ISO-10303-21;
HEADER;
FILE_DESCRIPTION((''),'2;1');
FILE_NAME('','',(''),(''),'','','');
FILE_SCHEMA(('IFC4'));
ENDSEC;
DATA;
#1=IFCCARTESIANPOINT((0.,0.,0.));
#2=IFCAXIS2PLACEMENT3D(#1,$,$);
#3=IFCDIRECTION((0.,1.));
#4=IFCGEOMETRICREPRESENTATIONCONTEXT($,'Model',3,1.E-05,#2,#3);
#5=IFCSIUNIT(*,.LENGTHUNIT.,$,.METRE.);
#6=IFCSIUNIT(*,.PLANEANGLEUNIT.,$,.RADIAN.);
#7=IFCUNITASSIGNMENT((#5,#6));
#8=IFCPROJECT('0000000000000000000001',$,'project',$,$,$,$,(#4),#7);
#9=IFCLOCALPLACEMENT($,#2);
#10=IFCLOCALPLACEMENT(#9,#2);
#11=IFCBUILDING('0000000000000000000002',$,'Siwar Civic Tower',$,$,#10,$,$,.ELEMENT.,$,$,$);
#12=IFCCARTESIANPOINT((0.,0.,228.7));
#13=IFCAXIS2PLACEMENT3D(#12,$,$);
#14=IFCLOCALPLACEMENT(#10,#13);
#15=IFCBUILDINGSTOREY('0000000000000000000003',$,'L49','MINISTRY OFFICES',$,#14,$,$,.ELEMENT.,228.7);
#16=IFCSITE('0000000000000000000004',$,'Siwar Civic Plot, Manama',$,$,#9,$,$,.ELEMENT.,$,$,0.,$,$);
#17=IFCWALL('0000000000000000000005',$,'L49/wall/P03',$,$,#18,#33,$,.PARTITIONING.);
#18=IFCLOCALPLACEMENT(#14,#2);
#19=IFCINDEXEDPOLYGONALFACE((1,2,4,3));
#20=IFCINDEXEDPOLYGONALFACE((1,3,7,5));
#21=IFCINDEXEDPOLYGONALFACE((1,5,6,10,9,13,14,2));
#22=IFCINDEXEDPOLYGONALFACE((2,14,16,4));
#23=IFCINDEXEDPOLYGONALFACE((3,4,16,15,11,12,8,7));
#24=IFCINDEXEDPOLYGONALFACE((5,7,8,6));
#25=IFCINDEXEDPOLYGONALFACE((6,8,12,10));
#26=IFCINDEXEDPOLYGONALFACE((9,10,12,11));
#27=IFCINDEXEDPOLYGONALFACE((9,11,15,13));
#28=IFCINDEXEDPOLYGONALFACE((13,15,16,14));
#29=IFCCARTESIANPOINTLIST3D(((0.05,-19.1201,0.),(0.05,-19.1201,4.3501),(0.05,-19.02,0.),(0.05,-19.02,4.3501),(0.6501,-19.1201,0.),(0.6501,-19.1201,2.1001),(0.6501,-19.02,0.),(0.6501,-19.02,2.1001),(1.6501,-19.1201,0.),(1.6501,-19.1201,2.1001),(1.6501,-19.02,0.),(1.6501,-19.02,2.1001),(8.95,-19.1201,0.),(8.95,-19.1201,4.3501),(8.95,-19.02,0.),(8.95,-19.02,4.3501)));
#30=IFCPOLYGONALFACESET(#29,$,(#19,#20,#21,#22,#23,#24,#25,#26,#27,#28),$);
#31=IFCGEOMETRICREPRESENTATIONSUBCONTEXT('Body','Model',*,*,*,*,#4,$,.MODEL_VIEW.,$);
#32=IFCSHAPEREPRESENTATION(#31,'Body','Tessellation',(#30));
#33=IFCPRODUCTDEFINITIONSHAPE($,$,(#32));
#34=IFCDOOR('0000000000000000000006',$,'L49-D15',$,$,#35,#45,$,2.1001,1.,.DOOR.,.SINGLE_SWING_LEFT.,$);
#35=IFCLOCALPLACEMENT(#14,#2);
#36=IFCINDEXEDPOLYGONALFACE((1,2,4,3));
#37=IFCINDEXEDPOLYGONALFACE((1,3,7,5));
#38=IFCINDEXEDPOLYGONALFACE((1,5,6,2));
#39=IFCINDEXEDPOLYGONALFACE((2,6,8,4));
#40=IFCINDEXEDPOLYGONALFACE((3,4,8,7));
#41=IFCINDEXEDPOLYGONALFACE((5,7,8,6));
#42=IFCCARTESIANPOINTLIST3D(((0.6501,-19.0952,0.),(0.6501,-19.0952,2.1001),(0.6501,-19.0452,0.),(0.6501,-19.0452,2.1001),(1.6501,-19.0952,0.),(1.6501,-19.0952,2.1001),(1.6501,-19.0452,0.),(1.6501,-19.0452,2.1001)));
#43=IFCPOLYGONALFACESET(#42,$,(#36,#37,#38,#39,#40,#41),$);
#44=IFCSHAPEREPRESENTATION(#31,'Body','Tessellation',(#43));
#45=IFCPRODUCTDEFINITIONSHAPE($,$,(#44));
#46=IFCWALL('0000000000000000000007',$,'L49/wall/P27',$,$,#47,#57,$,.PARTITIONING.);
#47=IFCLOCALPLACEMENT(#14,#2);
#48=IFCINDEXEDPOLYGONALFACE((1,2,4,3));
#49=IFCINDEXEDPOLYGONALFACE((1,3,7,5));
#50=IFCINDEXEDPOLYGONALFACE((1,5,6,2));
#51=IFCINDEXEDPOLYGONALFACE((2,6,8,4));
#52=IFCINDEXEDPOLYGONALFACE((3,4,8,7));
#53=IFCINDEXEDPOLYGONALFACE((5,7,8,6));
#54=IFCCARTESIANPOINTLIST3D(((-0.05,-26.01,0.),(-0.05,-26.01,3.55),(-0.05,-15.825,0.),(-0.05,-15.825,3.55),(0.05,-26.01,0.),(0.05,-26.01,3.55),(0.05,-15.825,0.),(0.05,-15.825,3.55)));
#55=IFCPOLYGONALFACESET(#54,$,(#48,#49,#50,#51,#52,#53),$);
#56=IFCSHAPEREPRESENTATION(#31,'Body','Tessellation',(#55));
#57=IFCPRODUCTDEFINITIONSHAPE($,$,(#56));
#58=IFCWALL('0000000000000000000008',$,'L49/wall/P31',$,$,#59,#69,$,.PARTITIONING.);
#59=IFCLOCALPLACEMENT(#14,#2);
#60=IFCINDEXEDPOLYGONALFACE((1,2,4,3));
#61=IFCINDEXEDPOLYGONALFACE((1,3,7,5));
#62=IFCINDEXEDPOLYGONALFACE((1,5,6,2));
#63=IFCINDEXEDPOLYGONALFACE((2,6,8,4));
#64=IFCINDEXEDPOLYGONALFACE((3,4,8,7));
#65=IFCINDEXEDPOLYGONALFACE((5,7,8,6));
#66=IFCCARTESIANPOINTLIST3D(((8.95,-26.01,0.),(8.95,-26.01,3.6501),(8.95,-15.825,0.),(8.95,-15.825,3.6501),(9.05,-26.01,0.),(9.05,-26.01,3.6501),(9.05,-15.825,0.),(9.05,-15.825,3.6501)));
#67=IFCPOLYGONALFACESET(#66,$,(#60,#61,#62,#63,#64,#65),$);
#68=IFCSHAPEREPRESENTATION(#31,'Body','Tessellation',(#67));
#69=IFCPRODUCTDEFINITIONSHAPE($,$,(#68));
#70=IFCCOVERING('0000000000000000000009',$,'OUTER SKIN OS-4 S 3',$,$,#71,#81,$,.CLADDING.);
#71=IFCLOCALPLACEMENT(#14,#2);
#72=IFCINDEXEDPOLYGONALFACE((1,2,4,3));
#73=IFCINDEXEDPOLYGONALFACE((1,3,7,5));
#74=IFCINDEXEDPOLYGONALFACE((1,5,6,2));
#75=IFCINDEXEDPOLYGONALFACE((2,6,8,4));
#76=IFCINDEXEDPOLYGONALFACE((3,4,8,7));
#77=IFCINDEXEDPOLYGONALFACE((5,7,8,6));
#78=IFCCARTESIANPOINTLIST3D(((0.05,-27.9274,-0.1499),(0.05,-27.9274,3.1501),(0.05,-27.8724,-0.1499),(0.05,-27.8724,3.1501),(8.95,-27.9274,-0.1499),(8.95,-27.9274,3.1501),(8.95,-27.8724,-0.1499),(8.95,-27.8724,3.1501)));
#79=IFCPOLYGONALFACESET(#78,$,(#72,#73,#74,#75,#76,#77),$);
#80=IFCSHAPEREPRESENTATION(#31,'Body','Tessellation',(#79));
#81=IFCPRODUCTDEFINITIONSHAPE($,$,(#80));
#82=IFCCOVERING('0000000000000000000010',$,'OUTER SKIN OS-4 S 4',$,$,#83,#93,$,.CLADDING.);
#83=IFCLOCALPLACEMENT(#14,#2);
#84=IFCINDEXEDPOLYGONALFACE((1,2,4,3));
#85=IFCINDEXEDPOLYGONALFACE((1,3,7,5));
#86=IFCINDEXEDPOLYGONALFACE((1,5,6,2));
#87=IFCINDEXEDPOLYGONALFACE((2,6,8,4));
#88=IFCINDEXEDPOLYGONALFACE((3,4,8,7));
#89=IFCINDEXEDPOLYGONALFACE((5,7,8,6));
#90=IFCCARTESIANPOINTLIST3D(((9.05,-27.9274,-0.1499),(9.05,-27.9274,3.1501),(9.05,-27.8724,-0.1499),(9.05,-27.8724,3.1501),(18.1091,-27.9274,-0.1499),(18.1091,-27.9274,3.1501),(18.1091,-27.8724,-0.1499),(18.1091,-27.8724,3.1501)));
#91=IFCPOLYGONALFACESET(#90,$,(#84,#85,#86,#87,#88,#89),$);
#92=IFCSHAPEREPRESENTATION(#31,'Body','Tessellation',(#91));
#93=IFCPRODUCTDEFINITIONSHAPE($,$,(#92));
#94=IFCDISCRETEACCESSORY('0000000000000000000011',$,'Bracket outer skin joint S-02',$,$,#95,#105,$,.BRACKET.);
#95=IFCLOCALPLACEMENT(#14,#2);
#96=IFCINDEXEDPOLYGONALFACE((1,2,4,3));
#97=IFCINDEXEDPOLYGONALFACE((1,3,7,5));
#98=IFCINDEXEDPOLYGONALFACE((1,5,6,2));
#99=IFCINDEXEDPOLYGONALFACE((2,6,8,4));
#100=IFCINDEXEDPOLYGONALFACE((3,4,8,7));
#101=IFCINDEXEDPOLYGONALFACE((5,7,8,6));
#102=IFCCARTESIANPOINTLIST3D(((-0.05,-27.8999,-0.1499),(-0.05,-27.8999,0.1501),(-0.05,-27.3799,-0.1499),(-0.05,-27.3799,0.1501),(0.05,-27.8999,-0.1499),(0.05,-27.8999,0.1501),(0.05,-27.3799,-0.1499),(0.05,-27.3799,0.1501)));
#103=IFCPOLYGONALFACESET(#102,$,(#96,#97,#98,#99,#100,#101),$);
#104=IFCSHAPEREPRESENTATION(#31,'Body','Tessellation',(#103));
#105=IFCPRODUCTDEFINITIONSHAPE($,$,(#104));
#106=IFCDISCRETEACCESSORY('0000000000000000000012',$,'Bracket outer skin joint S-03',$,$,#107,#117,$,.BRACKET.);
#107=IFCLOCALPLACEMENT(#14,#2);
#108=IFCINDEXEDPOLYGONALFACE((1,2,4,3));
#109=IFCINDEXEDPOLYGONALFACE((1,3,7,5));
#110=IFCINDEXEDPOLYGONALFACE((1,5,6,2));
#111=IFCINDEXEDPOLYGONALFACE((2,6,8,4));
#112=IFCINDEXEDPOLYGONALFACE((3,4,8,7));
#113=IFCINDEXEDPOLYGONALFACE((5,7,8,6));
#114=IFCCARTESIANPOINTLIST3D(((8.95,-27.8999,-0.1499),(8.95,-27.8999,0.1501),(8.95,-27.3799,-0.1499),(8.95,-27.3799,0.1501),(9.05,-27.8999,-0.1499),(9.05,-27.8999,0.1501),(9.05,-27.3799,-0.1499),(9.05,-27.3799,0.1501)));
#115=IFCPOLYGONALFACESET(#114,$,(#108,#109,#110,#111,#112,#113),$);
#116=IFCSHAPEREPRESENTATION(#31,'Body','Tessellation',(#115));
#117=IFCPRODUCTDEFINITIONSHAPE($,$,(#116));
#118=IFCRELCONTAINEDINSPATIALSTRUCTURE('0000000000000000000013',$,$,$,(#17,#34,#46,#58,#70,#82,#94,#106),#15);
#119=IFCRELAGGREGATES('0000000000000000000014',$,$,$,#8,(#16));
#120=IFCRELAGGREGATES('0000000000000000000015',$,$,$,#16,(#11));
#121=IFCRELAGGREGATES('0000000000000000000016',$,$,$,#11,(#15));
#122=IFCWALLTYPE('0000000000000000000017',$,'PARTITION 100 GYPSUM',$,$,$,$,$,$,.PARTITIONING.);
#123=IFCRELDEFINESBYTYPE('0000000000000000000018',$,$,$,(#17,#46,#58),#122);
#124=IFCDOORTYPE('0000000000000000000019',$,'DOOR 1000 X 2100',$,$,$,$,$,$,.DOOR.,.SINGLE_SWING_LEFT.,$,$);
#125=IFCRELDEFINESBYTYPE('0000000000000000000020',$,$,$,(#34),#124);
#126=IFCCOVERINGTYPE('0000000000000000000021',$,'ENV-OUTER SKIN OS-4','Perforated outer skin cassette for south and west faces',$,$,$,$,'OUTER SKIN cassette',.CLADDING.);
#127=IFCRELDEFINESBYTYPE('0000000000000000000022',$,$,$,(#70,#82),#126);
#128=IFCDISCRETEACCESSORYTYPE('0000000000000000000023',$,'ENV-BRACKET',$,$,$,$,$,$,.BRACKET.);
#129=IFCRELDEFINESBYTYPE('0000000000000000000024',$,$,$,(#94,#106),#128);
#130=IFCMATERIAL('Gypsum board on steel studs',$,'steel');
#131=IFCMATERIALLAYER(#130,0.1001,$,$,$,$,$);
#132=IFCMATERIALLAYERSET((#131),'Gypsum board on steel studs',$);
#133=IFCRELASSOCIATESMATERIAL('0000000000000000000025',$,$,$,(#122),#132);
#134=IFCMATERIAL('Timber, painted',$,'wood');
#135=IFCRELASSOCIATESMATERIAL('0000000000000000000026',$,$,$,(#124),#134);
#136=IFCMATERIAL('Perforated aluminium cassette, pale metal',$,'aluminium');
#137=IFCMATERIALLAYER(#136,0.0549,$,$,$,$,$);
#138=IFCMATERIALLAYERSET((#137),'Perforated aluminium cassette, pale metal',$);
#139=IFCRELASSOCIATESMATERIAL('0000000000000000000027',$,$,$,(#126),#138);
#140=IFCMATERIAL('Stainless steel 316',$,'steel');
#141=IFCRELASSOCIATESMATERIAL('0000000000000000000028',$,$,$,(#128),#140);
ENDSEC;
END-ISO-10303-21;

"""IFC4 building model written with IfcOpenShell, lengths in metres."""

from ifc_helpers import new_model, si_unit, direction, frame, frame_2d, origin, origin_2d, place, context, subcontext, project, spatial, rectangle, extrude, material, layer, layer_set, type_object, element, fill, save


model = new_model("IFC4")

# Units and contexts
model_context = context("Model", 3, precision=1e-05, world=origin(), true_north=direction((0.0, 1.0)))
body_context = subcontext(model_context, "Body", "Model", "MODEL_VIEW")
ifc_project = project(units=[si_unit("LENGTHUNIT", "METRE"), si_unit("PLANEANGLEUNIT", "RADIAN")], contexts=[model_context])

# Site, building, storey
site_placement = place(None, origin())
site = spatial("IfcSite", under=ifc_project, at=site_placement, Name="Siwar Civic Plot, Manama", CompositionType="ELEMENT", RefElevation=0.0)
building_placement = place(site_placement, origin())
building = spatial("IfcBuilding", under=site, at=building_placement, Name="Siwar Civic Tower", CompositionType="ELEMENT")
storey_placement = place(building_placement, frame((0.0, 0.0, 228.7)))
storey = spatial("IfcBuildingStorey", under=building, at=storey_placement, Name="L49", Description="MINISTRY OFFICES", CompositionType="ELEMENT", Elevation=228.7)

# Wall, opening, door
ifc_material_1 = material(Name="Gypsum board on steel studs", Category="steel")
ifc_layer_1 = layer(ifc_material_1, 0.1001)
ifc_layer_set_1 = layer_set([ifc_layer_1], Name="Gypsum board on steel studs")
wall_type_1 = type_object("IfcWallType", Name="PARTITION 100 GYPSUM", PredefinedType="PARTITIONING", material=ifc_layer_set_1)
wall_1_placement = place(storey_placement, frame((0.05, -19.0701, 0.0), z_axis=(0.0, 0.0, 1.0), x_axis=(1.0, 0.0, 0.0)))
wall_1 = element("IfcWall", 1, at=wall_1_placement, inside=storey, type_object=wall_type_1, Name="L49/wall/P03", PredefinedType="PARTITIONING", context=body_context, shape_type="SweptSolid", body=[
    extrude(rectangle(XDim=8.8999, YDim=0.1001, at=frame_2d((4.45, 0.0))), origin(), (0.0, 0.0, 1.0), 4.3501),
])
opening_placement = place(wall_1_placement, frame((0.6001, 0.0, 0.0)))
opening = element("IfcOpeningElement", 2, at=opening_placement, cuts=wall_1, PredefinedType="OPENING", context=body_context, shape_type="SweptSolid", body=[
    extrude(rectangle(XDim=1.0, YDim=2.1001, at=frame_2d((0.5, 1.05))), frame((0.0, 0.0601, 0.0), z_axis=(0.0, -1.0, 0.0), x_axis=(1.0, 0.0, 0.0)), (0.0, 0.0, 1.0), 0.1201),
])
ifc_material_2 = material(Name="Timber, painted", Category="wood")
door_type = type_object("IfcDoorType", Name="DOOR 1000 X 2100", OperationType="SINGLE_SWING_LEFT", PredefinedType="DOOR", material=ifc_material_2)
door_placement = place(opening_placement, origin())
door = element("IfcDoor", 3, at=door_placement, inside=storey, type_object=door_type, Name="L49-D15", OperationType="SINGLE_SWING_LEFT", OverallHeight=2.1001, OverallWidth=1.0, PredefinedType="DOOR", context=body_context, shape_type="SweptSolid", body=[
    extrude(rectangle(XDim=1.0, YDim=2.1001, at=frame_2d((0.5, 1.05))), frame((0.0, 0.0249, 0.0), z_axis=(0.0, -1.0, 0.0), x_axis=(1.0, 0.0, 0.0)), (0.0, 0.0, 1.0), 0.05),
])
fill(opening, door)

# Walls
wall_2_placement = place(storey_placement, frame((0.0, -26.01, 0.0), z_axis=(0.0, 0.0, 1.0), x_axis=(0.0, 1.0, 0.0)))
element("IfcWall", 4, at=wall_2_placement, inside=storey, type_object=wall_type_1, Name="L49/wall/P27", PredefinedType="PARTITIONING", context=body_context, shape_type="SweptSolid", body=[
    extrude(rectangle(XDim=10.1851, YDim=0.1001, at=frame_2d((5.0925, 0.0))), origin(), (0.0, 0.0, 1.0), 3.55),
])
wall_3_placement = place(storey_placement, frame((9.0, -26.01, 0.0), z_axis=(0.0, 0.0, 1.0), x_axis=(0.0, 1.0, 0.0)))
element("IfcWall", 5, at=wall_3_placement, inside=storey, type_object=wall_type_1, Name="L49/wall/P31", PredefinedType="PARTITIONING", context=body_context, shape_type="SweptSolid", body=[
    extrude(rectangle(XDim=10.1851, YDim=0.1001, at=frame_2d((5.0925, 0.0))), origin(), (0.0, 0.0, 1.0), 3.6501),
])

# Coverings
ifc_material_3 = material(Name="Perforated aluminium cassette, pale metal", Category="aluminium")
ifc_layer_2 = layer(ifc_material_3, 0.0549)
ifc_layer_set_2 = layer_set([ifc_layer_2], Name="Perforated aluminium cassette, pale metal")
covering_type = type_object("IfcCoveringType", Name="ENV-OUTER SKIN OS-4", Description="Perforated outer skin cassette for south and west faces", ElementType="OUTER SKIN cassette", PredefinedType="CLADDING", material=ifc_layer_set_2)
covering_1_placement = place(storey_placement, frame((4.5, -27.8999, -0.1499), z_axis=(0.0, 0.0, 1.0), x_axis=(1.0, 0.0, 0.0)))
element("IfcCovering", 6, at=covering_1_placement, inside=storey, type_object=covering_type, Name="OUTER SKIN OS-4 S 3", PredefinedType="CLADDING", context=body_context, shape_type="SweptSolid", body=[
    extrude(rectangle(XDim=8.8999, YDim=0.0549, at=origin_2d()), origin(), (0.0, 0.0, 1.0), 3.3),
])
covering_2_placement = place(storey_placement, frame((13.5796, -27.8999, -0.1499), z_axis=(0.0, 0.0, 1.0), x_axis=(1.0, 0.0, 0.0)))
element("IfcCovering", 7, at=covering_2_placement, inside=storey, type_object=covering_type, Name="OUTER SKIN OS-4 S 4", PredefinedType="CLADDING", context=body_context, shape_type="SweptSolid", body=[
    extrude(rectangle(XDim=9.0591, YDim=0.0549, at=origin_2d()), origin(), (0.0, 0.0, 1.0), 3.3),
])

# Discrete accessories
ifc_material_4 = material(Name="Stainless steel 316", Category="steel")
discrete_accessory_type = type_object("IfcDiscreteAccessoryType", Name="ENV-BRACKET", PredefinedType="BRACKET", material=ifc_material_4)
for number, where, z_axis, x_axis, name in (
    (8, (0.0, -27.6399, -0.1499), (0.0, 0.0, 1.0), (0.0, -1.0, 0.0), "Bracket outer skin joint S-02"),
    (9, (9.0, -27.6399, -0.1499), (0.0, 0.0, 1.0), (0.0, -1.0, 0.0), "Bracket outer skin joint S-03"),
):
    element("IfcDiscreteAccessory", number, at=place(storey_placement, frame(where, z_axis=z_axis, x_axis=x_axis)), inside=storey, type_object=discrete_accessory_type, Name=name, PredefinedType="BRACKET", context=body_context, shape_type="SweptSolid", body=[
        extrude(rectangle(XDim=0.52, YDim=0.1001, at=origin_2d()), origin(), (0.0, 0.0, 1.0), 0.3),
    ])

save(model, "model.ifc")
